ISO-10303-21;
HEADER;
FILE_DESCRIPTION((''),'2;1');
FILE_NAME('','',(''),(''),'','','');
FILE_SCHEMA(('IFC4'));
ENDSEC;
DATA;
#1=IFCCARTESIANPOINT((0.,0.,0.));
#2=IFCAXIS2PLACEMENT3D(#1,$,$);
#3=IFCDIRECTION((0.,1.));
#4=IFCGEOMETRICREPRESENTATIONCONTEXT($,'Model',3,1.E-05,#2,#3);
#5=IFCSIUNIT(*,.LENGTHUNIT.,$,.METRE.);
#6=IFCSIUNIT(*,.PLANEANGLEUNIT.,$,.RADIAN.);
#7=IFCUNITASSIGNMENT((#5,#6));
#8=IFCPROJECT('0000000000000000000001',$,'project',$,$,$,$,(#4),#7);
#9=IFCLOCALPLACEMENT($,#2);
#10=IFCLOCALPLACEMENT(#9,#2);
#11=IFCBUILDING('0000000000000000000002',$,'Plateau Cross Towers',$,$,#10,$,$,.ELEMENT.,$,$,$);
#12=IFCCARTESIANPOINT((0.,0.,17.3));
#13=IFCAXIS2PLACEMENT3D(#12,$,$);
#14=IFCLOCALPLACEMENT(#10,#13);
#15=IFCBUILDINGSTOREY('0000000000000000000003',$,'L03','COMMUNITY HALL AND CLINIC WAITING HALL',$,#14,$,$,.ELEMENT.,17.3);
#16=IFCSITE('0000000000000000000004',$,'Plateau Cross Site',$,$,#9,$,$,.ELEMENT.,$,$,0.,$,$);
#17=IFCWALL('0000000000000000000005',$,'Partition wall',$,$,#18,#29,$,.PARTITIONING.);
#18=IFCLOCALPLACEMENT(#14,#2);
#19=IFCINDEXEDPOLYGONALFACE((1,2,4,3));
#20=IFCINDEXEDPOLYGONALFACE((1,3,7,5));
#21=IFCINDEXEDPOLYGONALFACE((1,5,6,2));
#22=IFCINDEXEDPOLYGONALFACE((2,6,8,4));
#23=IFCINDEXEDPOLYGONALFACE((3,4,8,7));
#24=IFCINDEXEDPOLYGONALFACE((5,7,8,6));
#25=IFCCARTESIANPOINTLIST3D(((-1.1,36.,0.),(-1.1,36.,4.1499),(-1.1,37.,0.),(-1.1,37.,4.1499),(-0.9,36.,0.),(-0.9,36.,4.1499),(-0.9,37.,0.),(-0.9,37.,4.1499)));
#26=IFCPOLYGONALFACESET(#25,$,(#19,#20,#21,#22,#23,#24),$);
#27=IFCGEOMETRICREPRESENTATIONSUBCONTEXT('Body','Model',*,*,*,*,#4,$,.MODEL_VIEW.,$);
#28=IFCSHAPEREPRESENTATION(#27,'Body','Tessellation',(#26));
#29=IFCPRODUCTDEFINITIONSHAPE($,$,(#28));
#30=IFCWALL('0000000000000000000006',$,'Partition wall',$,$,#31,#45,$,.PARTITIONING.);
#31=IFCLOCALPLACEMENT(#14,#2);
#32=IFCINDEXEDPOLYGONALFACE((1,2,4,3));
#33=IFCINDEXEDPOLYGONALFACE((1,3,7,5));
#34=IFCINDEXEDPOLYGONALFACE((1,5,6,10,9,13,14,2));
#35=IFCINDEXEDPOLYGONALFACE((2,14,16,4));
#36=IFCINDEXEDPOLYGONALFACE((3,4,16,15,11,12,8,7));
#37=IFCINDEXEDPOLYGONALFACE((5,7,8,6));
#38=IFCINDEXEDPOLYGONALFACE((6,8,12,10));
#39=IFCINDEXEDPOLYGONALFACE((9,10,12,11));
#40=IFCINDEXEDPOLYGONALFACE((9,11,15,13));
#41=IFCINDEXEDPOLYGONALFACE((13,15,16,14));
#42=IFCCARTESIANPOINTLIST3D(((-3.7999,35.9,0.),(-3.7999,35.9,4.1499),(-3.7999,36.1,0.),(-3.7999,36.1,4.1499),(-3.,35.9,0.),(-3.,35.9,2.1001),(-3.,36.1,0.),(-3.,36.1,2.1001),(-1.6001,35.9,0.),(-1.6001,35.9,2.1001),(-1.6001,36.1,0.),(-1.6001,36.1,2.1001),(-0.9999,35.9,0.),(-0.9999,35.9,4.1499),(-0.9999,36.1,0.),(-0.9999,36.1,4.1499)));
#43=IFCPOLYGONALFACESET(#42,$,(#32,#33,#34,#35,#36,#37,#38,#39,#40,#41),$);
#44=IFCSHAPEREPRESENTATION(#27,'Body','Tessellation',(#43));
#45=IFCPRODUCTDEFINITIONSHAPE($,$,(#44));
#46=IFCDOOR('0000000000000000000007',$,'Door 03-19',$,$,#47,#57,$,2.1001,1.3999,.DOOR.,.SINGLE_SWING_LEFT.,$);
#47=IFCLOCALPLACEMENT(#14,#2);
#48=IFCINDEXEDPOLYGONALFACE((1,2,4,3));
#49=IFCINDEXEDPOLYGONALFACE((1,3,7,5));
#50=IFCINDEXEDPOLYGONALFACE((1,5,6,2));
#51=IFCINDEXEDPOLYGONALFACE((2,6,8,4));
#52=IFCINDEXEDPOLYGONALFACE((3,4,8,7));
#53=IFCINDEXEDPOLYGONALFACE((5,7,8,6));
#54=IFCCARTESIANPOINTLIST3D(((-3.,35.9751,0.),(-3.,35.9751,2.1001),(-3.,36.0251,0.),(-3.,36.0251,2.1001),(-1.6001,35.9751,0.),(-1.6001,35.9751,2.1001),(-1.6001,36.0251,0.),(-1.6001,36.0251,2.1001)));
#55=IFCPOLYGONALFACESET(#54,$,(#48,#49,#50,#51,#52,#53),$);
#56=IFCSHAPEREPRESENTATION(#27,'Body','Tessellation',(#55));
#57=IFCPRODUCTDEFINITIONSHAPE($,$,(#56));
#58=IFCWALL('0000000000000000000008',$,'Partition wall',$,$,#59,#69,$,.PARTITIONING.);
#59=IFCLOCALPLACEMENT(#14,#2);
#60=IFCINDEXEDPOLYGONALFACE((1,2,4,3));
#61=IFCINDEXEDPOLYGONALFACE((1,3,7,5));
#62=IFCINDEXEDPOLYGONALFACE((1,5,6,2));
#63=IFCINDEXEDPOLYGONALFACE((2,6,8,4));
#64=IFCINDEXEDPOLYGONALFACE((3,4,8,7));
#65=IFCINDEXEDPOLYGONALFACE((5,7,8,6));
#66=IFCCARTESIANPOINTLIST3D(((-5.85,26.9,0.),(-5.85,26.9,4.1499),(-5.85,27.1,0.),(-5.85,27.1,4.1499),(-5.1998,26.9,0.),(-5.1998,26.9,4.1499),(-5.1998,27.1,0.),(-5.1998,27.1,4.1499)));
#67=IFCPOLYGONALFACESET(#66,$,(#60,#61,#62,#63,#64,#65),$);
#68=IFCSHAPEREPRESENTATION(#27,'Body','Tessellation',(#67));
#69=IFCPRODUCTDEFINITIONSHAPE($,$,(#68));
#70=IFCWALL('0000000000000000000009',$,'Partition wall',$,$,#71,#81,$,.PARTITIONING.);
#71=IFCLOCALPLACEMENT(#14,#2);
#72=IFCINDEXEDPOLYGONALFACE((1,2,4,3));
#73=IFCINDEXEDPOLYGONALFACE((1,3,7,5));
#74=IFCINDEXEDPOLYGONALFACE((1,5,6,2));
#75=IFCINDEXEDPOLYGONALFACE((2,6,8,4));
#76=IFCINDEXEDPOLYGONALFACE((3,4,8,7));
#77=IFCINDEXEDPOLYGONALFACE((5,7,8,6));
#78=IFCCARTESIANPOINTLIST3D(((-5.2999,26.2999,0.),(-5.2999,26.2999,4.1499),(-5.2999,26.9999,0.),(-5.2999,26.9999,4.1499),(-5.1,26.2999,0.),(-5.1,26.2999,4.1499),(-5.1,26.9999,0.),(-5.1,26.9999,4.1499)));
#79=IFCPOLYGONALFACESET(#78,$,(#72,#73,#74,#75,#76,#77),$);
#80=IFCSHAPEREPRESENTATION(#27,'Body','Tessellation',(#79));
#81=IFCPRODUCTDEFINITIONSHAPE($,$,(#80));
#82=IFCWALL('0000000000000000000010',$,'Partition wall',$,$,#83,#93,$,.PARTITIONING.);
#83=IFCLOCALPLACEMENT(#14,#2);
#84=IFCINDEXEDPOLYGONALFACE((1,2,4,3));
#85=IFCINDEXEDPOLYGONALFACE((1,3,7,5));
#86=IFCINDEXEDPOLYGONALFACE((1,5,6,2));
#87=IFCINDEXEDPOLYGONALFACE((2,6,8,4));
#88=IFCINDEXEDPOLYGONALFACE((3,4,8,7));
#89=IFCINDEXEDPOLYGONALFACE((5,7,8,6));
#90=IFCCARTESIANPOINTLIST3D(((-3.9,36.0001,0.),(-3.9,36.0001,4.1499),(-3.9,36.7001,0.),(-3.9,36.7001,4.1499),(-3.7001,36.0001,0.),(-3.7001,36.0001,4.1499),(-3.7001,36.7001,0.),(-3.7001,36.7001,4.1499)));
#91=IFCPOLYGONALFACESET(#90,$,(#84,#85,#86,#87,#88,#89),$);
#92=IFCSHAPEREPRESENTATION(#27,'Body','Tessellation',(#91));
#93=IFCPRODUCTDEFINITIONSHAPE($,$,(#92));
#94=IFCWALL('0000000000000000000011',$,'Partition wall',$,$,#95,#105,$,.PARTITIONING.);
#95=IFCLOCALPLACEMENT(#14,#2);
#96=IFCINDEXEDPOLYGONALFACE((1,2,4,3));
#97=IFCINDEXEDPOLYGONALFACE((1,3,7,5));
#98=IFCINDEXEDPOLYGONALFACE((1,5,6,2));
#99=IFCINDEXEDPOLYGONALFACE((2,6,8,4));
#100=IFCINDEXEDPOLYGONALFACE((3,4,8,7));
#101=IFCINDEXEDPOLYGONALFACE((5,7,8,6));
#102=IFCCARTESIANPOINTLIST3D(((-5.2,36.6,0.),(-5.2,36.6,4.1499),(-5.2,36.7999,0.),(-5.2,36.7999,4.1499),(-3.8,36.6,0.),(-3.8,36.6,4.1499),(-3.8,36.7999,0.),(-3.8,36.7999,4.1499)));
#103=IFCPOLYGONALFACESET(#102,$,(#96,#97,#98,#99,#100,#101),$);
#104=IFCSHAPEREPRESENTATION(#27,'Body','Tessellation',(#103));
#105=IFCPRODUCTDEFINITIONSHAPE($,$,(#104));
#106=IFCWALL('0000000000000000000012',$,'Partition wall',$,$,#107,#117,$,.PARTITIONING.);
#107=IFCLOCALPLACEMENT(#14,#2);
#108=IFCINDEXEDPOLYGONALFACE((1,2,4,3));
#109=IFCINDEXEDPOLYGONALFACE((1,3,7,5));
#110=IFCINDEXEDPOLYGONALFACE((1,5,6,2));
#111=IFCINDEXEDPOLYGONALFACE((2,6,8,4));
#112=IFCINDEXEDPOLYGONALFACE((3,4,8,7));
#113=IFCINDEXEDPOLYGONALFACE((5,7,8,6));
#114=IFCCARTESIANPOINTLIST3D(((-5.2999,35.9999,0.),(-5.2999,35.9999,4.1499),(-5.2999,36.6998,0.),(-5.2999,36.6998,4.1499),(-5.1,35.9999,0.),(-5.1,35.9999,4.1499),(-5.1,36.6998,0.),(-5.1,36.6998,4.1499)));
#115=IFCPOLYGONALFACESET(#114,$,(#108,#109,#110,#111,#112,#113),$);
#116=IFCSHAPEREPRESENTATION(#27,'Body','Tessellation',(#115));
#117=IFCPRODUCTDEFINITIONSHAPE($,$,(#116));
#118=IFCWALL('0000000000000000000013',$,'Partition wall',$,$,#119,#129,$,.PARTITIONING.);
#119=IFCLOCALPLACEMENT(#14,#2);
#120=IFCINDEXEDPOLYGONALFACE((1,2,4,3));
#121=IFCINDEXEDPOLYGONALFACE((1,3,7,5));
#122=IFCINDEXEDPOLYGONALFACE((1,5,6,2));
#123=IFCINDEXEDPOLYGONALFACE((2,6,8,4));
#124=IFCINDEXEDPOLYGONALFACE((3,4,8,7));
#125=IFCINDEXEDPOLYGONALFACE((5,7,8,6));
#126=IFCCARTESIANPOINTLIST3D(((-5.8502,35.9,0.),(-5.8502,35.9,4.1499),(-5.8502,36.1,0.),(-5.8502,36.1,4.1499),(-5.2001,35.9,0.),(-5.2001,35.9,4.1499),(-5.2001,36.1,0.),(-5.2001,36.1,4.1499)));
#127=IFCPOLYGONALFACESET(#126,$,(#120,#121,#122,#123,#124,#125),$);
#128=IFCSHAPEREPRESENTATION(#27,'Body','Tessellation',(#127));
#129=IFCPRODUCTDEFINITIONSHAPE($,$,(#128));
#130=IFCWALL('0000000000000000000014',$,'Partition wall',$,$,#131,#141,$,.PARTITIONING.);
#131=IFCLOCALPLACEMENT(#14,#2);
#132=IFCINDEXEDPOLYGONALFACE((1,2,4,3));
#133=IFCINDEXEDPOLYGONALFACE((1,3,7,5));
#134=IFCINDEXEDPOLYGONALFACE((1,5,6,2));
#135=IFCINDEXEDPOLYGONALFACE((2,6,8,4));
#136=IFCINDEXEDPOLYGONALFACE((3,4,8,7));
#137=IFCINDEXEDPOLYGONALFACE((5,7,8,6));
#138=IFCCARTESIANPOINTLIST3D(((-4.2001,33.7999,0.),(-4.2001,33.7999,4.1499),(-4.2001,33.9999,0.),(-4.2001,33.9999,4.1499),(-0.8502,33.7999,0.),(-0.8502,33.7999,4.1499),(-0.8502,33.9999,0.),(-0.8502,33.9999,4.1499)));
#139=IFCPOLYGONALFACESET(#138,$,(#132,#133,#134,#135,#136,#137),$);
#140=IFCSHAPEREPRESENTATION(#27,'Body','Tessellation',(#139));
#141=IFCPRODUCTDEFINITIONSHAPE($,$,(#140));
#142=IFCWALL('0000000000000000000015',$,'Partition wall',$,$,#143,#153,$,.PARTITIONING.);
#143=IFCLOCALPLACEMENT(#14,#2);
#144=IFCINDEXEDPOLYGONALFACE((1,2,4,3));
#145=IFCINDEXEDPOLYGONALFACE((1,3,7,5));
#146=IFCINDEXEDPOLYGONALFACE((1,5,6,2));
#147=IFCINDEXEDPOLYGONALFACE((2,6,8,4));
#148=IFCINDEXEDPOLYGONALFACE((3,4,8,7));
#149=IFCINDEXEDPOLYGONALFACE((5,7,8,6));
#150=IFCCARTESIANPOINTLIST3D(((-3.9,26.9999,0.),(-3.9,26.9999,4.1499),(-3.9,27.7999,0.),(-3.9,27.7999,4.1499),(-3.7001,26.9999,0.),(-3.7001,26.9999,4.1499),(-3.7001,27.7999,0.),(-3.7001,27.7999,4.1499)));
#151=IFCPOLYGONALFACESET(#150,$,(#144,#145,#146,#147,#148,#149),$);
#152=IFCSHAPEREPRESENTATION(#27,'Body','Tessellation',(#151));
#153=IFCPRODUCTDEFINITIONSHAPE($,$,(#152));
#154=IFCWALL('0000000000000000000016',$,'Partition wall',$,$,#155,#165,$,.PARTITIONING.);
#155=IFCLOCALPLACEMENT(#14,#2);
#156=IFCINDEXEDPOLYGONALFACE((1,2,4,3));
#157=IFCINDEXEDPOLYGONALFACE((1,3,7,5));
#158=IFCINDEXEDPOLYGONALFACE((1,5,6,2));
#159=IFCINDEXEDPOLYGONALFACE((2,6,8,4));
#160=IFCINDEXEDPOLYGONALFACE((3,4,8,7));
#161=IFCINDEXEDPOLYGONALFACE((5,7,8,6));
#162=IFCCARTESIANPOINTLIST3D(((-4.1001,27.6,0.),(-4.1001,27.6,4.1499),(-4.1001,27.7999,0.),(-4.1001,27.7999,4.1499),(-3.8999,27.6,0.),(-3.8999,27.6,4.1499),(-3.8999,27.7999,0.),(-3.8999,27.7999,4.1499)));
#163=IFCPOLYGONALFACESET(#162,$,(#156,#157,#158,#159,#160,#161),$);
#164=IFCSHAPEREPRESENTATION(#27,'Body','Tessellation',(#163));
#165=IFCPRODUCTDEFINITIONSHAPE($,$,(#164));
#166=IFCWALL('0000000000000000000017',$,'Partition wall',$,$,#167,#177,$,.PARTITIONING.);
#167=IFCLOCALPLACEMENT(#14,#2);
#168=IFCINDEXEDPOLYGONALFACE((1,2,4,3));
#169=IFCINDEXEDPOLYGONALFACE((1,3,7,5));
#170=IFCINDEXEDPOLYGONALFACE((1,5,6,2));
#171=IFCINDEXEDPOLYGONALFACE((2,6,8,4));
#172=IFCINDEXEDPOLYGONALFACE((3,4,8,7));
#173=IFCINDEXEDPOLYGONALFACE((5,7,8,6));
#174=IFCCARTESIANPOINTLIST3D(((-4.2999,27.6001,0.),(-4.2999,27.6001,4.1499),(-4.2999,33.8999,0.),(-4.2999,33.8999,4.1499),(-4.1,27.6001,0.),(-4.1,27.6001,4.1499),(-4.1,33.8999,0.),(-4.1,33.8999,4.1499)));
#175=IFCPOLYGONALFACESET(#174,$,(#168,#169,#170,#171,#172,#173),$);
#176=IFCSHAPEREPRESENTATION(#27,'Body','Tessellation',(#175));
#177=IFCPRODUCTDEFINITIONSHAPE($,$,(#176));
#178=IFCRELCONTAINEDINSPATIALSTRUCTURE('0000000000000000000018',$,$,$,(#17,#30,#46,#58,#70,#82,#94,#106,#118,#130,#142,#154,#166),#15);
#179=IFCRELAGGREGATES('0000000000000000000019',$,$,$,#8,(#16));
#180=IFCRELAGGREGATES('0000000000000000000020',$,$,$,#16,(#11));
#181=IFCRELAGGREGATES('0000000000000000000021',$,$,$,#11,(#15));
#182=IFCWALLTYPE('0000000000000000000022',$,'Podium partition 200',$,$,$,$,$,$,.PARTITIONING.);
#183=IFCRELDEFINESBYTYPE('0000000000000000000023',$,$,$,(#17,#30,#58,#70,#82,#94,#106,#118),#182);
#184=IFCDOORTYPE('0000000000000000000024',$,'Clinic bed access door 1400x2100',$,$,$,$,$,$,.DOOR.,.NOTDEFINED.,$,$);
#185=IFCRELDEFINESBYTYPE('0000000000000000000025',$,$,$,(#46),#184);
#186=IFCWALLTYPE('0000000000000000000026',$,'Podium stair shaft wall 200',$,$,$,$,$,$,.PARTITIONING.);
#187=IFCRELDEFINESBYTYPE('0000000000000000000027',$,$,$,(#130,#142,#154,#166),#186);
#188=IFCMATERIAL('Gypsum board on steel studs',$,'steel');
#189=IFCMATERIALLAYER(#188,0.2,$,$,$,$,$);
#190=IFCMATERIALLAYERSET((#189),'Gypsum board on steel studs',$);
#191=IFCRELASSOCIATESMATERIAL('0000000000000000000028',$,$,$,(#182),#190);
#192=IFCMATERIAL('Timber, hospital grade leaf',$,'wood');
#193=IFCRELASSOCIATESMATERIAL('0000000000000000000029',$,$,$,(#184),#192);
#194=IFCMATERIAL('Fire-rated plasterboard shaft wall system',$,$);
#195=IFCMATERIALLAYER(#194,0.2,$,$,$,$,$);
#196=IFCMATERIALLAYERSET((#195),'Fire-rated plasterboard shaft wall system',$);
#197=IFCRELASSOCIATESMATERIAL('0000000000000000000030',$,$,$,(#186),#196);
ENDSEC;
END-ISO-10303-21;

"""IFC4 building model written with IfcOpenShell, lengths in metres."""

from ifc_helpers import new_model, si_unit, direction, frame, frame_2d, origin, place, context, subcontext, project, spatial, rectangle, extrude, material, layer, layer_set, type_object, element, fill, save


model = new_model("IFC4")

# Units and contexts
model_context = context("Model", 3, precision=1e-05, world=origin(), true_north=direction((0.0, 1.0)))
body_context = subcontext(model_context, "Body", "Model", "MODEL_VIEW")
ifc_project = project(units=[si_unit("LENGTHUNIT", "METRE"), si_unit("PLANEANGLEUNIT", "RADIAN")], contexts=[model_context])

# Site, building, storey
site_placement = place(None, origin())
site = spatial("IfcSite", under=ifc_project, at=site_placement, Name="Plateau Cross Site", CompositionType="ELEMENT", RefElevation=0.0)
building_placement = place(site_placement, origin())
building = spatial("IfcBuilding", under=site, at=building_placement, Name="Plateau Cross Towers", CompositionType="ELEMENT")
storey_placement = place(building_placement, frame((0.0, 0.0, 17.3)))
storey = spatial("IfcBuildingStorey", under=building, at=storey_placement, Name="L03", Description="COMMUNITY HALL AND CLINIC WAITING HALL", CompositionType="ELEMENT", Elevation=17.3)

# Shared definitions
ifc_material_1 = material(Name="Gypsum board on steel studs", Category="steel")
ifc_layer_1 = layer(ifc_material_1, 0.2)
ifc_layer_set_1 = layer_set([ifc_layer_1], Name="Gypsum board on steel studs")
wall_type_1 = type_object("IfcWallType", Name="Podium partition 200", PredefinedType="PARTITIONING", material=ifc_layer_set_1)

# Wall
wall_1_placement = place(storey_placement, frame((-1.0, 37.0, 0.0), z_axis=(0.0, 0.0, 1.0), x_axis=(0.0, -1.0, 0.0)))
element("IfcWall", 1, at=wall_1_placement, inside=storey, type_object=wall_type_1, Name="Partition wall", PredefinedType="PARTITIONING", context=body_context, shape_type="SweptSolid", body=[
    extrude(rectangle(XDim=1.0, YDim=0.2, at=frame_2d((0.5, 0.0))), origin(), (0.0, 0.0, 1.0), 4.1499),
])

# Wall, opening, door
wall_2_placement = place(storey_placement, frame((-1.0, 36.0, 0.0), z_axis=(0.0, 0.0, 1.0), x_axis=(-1.0, 0.0, 0.0)))
wall_2 = element("IfcWall", 2, at=wall_2_placement, inside=storey, type_object=wall_type_1, Name="Partition wall", PredefinedType="PARTITIONING", context=body_context, shape_type="SweptSolid", body=[
    extrude(rectangle(XDim=2.8, YDim=0.2, at=frame_2d((1.3999, 0.0))), origin(), (0.0, 0.0, 1.0), 4.1499),
])
opening_1_placement = place(wall_2_placement, frame((0.6001, 0.0, 0.0)))
opening_1 = element("IfcOpeningElement", 3, at=opening_1_placement, cuts=wall_2, PredefinedType="OPENING", context=body_context, shape_type="SweptSolid", body=[
    extrude(rectangle(XDim=1.3999, YDim=2.1001, at=frame_2d((0.7, 1.05))), frame((0.0, 0.1099, 0.0), z_axis=(0.0, -1.0, 0.0), x_axis=(1.0, 0.0, 0.0)), (0.0, 0.0, 1.0), 0.22),
])
ifc_material_2 = material(Name="Timber, hospital grade leaf", Category="wood")
door_type_1 = type_object("IfcDoorType", Name="Clinic bed access door 1400x2100", OperationType="NOTDEFINED", PredefinedType="DOOR", material=ifc_material_2)
door_1_placement = place(opening_1_placement, origin())
door_1 = element("IfcDoor", 4, at=door_1_placement, inside=storey, type_object=door_type_1, Name="Door 03-19", OperationType="SINGLE_SWING_LEFT", OverallHeight=2.1001, OverallWidth=1.3999, PredefinedType="DOOR", context=body_context, shape_type="SweptSolid", body=[
    extrude(rectangle(XDim=1.3999, YDim=2.1001, at=frame_2d((0.7, 1.05))), frame((0.0, 0.0249, 0.0), z_axis=(0.0, -1.0, 0.0), x_axis=(1.0, 0.0, 0.0)), (0.0, 0.0, 1.0), 0.05),
])
fill(opening_1, door_1)

# Walls
wall_3_placement = place(storey_placement, frame((-5.8501, 27.0, 0.0), z_axis=(0.0, 0.0, 1.0), x_axis=(1.0, 0.0, 0.0)))
element("IfcWall", 5, at=wall_3_placement, inside=storey, type_object=wall_type_1, Name="Partition wall", PredefinedType="PARTITIONING", context=body_context, shape_type="SweptSolid", body=[
    extrude(rectangle(XDim=0.6501, YDim=0.2, at=frame_2d((0.3252, 0.0))), origin(), (0.0, 0.0, 1.0), 4.1499),
])
for number, where, z_axis, x_axis, name in (
    (6, (-5.2, 27.0, 0.0), (0.0, 0.0, 1.0), (0.0, -1.0, 0.0), "Partition wall"),
    (7, (-3.8, 36.0, 0.0), (0.0, 0.0, 1.0), (0.0, 1.0, 0.0), "Partition wall"),
):
    element("IfcWall", number, at=place(storey_placement, frame(where, z_axis=z_axis, x_axis=x_axis)), inside=storey, type_object=wall_type_1, Name=name, PredefinedType="PARTITIONING", context=body_context, shape_type="SweptSolid", body=[
        extrude(rectangle(XDim=0.7, YDim=0.2, at=frame_2d((0.3501, 0.0))), origin(), (0.0, 0.0, 1.0), 4.1499),
    ])
wall_4_placement = place(storey_placement, frame((-3.8, 36.7, 0.0), z_axis=(0.0, 0.0, 1.0), x_axis=(-1.0, 0.0, 0.0)))
element("IfcWall", 8, at=wall_4_placement, inside=storey, type_object=wall_type_1, Name="Partition wall", PredefinedType="PARTITIONING", context=body_context, shape_type="SweptSolid", body=[
    extrude(rectangle(XDim=1.3999, YDim=0.2, at=frame_2d((0.7, 0.0))), origin(), (0.0, 0.0, 1.0), 4.1499),
])
wall_5_placement = place(storey_placement, frame((-5.2, 36.7, 0.0), z_axis=(0.0, 0.0, 1.0), x_axis=(0.0, -1.0, 0.0)))
element("IfcWall", 9, at=wall_5_placement, inside=storey, type_object=wall_type_1, Name="Partition wall", PredefinedType="PARTITIONING", context=body_context, shape_type="SweptSolid", body=[
    extrude(rectangle(XDim=0.7, YDim=0.2, at=frame_2d((0.3501, 0.0))), origin(), (0.0, 0.0, 1.0), 4.1499),
])
wall_6_placement = place(storey_placement, frame((-5.2, 36.0, 0.0), z_axis=(0.0, 0.0, 1.0), x_axis=(-1.0, 0.0, 0.0)))
element("IfcWall", 10, at=wall_6_placement, inside=storey, type_object=wall_type_1, Name="Partition wall", PredefinedType="PARTITIONING", context=body_context, shape_type="SweptSolid", body=[
    extrude(rectangle(XDim=0.6501, YDim=0.2, at=frame_2d((0.3252, 0.0))), origin(), (0.0, 0.0, 1.0), 4.1499),
])
ifc_material_3 = material(Name="Fire-rated plasterboard shaft wall system")
ifc_layer_2 = layer(ifc_material_3, 0.2)
ifc_layer_set_2 = layer_set([ifc_layer_2], Name="Fire-rated plasterboard shaft wall system")
wall_type_2 = type_object("IfcWallType", Name="Podium stair shaft wall 200", PredefinedType="PARTITIONING", material=ifc_layer_set_2)
wall_7_placement = place(storey_placement, frame((-4.2, 33.8999, 0.0), z_axis=(0.0, 0.0, 1.0), x_axis=(1.0, 0.0, 0.0)))
element("IfcWall", 11, at=wall_7_placement, inside=storey, type_object=wall_type_2, Name="Partition wall", PredefinedType="PARTITIONING", context=body_context, shape_type="SweptSolid", body=[
    extrude(rectangle(XDim=3.3499, YDim=0.2, at=frame_2d((1.6748, 0.0))), origin(), (0.0, 0.0, 1.0), 4.1499),
])
wall_8_placement = place(storey_placement, frame((-3.8, 27.0, 0.0), z_axis=(0.0, 0.0, 1.0), x_axis=(0.0, 1.0, 0.0)))
element("IfcWall", 12, at=wall_8_placement, inside=storey, type_object=wall_type_2, Name="Partition wall", PredefinedType="PARTITIONING", context=body_context, shape_type="SweptSolid", body=[
    extrude(rectangle(XDim=0.8, YDim=0.2, at=frame_2d((0.3999, 0.0))), origin(), (0.0, 0.0, 1.0), 4.1499),
])
wall_9_placement = place(storey_placement, frame((-3.8999, 27.7, 0.0), z_axis=(0.0, 0.0, 1.0), x_axis=(-1.0, 0.0, 0.0)))
element("IfcWall", 13, at=wall_9_placement, inside=storey, type_object=wall_type_2, Name="Partition wall", PredefinedType="PARTITIONING", context=body_context, shape_type="SweptSolid", body=[
    extrude(rectangle(XDim=0.2002, YDim=0.2, at=frame_2d((0.1001, 0.0))), origin(), (0.0, 0.0, 1.0), 4.1499),
])
wall_10_placement = place(storey_placement, frame((-4.2, 27.6001, 0.0), z_axis=(0.0, 0.0, 1.0), x_axis=(0.0, 1.0, 0.0)))
element("IfcWall", 14, at=wall_10_placement, inside=storey, type_object=wall_type_2, Name="Partition wall", PredefinedType="PARTITIONING", context=body_context, shape_type="SweptSolid", body=[
    extrude(rectangle(XDim=6.2998, YDim=0.2, at=frame_2d((3.1499, 0.0))), origin(), (0.0, 0.0, 1.0), 4.1499),
])

save(model, "model.ifc")
